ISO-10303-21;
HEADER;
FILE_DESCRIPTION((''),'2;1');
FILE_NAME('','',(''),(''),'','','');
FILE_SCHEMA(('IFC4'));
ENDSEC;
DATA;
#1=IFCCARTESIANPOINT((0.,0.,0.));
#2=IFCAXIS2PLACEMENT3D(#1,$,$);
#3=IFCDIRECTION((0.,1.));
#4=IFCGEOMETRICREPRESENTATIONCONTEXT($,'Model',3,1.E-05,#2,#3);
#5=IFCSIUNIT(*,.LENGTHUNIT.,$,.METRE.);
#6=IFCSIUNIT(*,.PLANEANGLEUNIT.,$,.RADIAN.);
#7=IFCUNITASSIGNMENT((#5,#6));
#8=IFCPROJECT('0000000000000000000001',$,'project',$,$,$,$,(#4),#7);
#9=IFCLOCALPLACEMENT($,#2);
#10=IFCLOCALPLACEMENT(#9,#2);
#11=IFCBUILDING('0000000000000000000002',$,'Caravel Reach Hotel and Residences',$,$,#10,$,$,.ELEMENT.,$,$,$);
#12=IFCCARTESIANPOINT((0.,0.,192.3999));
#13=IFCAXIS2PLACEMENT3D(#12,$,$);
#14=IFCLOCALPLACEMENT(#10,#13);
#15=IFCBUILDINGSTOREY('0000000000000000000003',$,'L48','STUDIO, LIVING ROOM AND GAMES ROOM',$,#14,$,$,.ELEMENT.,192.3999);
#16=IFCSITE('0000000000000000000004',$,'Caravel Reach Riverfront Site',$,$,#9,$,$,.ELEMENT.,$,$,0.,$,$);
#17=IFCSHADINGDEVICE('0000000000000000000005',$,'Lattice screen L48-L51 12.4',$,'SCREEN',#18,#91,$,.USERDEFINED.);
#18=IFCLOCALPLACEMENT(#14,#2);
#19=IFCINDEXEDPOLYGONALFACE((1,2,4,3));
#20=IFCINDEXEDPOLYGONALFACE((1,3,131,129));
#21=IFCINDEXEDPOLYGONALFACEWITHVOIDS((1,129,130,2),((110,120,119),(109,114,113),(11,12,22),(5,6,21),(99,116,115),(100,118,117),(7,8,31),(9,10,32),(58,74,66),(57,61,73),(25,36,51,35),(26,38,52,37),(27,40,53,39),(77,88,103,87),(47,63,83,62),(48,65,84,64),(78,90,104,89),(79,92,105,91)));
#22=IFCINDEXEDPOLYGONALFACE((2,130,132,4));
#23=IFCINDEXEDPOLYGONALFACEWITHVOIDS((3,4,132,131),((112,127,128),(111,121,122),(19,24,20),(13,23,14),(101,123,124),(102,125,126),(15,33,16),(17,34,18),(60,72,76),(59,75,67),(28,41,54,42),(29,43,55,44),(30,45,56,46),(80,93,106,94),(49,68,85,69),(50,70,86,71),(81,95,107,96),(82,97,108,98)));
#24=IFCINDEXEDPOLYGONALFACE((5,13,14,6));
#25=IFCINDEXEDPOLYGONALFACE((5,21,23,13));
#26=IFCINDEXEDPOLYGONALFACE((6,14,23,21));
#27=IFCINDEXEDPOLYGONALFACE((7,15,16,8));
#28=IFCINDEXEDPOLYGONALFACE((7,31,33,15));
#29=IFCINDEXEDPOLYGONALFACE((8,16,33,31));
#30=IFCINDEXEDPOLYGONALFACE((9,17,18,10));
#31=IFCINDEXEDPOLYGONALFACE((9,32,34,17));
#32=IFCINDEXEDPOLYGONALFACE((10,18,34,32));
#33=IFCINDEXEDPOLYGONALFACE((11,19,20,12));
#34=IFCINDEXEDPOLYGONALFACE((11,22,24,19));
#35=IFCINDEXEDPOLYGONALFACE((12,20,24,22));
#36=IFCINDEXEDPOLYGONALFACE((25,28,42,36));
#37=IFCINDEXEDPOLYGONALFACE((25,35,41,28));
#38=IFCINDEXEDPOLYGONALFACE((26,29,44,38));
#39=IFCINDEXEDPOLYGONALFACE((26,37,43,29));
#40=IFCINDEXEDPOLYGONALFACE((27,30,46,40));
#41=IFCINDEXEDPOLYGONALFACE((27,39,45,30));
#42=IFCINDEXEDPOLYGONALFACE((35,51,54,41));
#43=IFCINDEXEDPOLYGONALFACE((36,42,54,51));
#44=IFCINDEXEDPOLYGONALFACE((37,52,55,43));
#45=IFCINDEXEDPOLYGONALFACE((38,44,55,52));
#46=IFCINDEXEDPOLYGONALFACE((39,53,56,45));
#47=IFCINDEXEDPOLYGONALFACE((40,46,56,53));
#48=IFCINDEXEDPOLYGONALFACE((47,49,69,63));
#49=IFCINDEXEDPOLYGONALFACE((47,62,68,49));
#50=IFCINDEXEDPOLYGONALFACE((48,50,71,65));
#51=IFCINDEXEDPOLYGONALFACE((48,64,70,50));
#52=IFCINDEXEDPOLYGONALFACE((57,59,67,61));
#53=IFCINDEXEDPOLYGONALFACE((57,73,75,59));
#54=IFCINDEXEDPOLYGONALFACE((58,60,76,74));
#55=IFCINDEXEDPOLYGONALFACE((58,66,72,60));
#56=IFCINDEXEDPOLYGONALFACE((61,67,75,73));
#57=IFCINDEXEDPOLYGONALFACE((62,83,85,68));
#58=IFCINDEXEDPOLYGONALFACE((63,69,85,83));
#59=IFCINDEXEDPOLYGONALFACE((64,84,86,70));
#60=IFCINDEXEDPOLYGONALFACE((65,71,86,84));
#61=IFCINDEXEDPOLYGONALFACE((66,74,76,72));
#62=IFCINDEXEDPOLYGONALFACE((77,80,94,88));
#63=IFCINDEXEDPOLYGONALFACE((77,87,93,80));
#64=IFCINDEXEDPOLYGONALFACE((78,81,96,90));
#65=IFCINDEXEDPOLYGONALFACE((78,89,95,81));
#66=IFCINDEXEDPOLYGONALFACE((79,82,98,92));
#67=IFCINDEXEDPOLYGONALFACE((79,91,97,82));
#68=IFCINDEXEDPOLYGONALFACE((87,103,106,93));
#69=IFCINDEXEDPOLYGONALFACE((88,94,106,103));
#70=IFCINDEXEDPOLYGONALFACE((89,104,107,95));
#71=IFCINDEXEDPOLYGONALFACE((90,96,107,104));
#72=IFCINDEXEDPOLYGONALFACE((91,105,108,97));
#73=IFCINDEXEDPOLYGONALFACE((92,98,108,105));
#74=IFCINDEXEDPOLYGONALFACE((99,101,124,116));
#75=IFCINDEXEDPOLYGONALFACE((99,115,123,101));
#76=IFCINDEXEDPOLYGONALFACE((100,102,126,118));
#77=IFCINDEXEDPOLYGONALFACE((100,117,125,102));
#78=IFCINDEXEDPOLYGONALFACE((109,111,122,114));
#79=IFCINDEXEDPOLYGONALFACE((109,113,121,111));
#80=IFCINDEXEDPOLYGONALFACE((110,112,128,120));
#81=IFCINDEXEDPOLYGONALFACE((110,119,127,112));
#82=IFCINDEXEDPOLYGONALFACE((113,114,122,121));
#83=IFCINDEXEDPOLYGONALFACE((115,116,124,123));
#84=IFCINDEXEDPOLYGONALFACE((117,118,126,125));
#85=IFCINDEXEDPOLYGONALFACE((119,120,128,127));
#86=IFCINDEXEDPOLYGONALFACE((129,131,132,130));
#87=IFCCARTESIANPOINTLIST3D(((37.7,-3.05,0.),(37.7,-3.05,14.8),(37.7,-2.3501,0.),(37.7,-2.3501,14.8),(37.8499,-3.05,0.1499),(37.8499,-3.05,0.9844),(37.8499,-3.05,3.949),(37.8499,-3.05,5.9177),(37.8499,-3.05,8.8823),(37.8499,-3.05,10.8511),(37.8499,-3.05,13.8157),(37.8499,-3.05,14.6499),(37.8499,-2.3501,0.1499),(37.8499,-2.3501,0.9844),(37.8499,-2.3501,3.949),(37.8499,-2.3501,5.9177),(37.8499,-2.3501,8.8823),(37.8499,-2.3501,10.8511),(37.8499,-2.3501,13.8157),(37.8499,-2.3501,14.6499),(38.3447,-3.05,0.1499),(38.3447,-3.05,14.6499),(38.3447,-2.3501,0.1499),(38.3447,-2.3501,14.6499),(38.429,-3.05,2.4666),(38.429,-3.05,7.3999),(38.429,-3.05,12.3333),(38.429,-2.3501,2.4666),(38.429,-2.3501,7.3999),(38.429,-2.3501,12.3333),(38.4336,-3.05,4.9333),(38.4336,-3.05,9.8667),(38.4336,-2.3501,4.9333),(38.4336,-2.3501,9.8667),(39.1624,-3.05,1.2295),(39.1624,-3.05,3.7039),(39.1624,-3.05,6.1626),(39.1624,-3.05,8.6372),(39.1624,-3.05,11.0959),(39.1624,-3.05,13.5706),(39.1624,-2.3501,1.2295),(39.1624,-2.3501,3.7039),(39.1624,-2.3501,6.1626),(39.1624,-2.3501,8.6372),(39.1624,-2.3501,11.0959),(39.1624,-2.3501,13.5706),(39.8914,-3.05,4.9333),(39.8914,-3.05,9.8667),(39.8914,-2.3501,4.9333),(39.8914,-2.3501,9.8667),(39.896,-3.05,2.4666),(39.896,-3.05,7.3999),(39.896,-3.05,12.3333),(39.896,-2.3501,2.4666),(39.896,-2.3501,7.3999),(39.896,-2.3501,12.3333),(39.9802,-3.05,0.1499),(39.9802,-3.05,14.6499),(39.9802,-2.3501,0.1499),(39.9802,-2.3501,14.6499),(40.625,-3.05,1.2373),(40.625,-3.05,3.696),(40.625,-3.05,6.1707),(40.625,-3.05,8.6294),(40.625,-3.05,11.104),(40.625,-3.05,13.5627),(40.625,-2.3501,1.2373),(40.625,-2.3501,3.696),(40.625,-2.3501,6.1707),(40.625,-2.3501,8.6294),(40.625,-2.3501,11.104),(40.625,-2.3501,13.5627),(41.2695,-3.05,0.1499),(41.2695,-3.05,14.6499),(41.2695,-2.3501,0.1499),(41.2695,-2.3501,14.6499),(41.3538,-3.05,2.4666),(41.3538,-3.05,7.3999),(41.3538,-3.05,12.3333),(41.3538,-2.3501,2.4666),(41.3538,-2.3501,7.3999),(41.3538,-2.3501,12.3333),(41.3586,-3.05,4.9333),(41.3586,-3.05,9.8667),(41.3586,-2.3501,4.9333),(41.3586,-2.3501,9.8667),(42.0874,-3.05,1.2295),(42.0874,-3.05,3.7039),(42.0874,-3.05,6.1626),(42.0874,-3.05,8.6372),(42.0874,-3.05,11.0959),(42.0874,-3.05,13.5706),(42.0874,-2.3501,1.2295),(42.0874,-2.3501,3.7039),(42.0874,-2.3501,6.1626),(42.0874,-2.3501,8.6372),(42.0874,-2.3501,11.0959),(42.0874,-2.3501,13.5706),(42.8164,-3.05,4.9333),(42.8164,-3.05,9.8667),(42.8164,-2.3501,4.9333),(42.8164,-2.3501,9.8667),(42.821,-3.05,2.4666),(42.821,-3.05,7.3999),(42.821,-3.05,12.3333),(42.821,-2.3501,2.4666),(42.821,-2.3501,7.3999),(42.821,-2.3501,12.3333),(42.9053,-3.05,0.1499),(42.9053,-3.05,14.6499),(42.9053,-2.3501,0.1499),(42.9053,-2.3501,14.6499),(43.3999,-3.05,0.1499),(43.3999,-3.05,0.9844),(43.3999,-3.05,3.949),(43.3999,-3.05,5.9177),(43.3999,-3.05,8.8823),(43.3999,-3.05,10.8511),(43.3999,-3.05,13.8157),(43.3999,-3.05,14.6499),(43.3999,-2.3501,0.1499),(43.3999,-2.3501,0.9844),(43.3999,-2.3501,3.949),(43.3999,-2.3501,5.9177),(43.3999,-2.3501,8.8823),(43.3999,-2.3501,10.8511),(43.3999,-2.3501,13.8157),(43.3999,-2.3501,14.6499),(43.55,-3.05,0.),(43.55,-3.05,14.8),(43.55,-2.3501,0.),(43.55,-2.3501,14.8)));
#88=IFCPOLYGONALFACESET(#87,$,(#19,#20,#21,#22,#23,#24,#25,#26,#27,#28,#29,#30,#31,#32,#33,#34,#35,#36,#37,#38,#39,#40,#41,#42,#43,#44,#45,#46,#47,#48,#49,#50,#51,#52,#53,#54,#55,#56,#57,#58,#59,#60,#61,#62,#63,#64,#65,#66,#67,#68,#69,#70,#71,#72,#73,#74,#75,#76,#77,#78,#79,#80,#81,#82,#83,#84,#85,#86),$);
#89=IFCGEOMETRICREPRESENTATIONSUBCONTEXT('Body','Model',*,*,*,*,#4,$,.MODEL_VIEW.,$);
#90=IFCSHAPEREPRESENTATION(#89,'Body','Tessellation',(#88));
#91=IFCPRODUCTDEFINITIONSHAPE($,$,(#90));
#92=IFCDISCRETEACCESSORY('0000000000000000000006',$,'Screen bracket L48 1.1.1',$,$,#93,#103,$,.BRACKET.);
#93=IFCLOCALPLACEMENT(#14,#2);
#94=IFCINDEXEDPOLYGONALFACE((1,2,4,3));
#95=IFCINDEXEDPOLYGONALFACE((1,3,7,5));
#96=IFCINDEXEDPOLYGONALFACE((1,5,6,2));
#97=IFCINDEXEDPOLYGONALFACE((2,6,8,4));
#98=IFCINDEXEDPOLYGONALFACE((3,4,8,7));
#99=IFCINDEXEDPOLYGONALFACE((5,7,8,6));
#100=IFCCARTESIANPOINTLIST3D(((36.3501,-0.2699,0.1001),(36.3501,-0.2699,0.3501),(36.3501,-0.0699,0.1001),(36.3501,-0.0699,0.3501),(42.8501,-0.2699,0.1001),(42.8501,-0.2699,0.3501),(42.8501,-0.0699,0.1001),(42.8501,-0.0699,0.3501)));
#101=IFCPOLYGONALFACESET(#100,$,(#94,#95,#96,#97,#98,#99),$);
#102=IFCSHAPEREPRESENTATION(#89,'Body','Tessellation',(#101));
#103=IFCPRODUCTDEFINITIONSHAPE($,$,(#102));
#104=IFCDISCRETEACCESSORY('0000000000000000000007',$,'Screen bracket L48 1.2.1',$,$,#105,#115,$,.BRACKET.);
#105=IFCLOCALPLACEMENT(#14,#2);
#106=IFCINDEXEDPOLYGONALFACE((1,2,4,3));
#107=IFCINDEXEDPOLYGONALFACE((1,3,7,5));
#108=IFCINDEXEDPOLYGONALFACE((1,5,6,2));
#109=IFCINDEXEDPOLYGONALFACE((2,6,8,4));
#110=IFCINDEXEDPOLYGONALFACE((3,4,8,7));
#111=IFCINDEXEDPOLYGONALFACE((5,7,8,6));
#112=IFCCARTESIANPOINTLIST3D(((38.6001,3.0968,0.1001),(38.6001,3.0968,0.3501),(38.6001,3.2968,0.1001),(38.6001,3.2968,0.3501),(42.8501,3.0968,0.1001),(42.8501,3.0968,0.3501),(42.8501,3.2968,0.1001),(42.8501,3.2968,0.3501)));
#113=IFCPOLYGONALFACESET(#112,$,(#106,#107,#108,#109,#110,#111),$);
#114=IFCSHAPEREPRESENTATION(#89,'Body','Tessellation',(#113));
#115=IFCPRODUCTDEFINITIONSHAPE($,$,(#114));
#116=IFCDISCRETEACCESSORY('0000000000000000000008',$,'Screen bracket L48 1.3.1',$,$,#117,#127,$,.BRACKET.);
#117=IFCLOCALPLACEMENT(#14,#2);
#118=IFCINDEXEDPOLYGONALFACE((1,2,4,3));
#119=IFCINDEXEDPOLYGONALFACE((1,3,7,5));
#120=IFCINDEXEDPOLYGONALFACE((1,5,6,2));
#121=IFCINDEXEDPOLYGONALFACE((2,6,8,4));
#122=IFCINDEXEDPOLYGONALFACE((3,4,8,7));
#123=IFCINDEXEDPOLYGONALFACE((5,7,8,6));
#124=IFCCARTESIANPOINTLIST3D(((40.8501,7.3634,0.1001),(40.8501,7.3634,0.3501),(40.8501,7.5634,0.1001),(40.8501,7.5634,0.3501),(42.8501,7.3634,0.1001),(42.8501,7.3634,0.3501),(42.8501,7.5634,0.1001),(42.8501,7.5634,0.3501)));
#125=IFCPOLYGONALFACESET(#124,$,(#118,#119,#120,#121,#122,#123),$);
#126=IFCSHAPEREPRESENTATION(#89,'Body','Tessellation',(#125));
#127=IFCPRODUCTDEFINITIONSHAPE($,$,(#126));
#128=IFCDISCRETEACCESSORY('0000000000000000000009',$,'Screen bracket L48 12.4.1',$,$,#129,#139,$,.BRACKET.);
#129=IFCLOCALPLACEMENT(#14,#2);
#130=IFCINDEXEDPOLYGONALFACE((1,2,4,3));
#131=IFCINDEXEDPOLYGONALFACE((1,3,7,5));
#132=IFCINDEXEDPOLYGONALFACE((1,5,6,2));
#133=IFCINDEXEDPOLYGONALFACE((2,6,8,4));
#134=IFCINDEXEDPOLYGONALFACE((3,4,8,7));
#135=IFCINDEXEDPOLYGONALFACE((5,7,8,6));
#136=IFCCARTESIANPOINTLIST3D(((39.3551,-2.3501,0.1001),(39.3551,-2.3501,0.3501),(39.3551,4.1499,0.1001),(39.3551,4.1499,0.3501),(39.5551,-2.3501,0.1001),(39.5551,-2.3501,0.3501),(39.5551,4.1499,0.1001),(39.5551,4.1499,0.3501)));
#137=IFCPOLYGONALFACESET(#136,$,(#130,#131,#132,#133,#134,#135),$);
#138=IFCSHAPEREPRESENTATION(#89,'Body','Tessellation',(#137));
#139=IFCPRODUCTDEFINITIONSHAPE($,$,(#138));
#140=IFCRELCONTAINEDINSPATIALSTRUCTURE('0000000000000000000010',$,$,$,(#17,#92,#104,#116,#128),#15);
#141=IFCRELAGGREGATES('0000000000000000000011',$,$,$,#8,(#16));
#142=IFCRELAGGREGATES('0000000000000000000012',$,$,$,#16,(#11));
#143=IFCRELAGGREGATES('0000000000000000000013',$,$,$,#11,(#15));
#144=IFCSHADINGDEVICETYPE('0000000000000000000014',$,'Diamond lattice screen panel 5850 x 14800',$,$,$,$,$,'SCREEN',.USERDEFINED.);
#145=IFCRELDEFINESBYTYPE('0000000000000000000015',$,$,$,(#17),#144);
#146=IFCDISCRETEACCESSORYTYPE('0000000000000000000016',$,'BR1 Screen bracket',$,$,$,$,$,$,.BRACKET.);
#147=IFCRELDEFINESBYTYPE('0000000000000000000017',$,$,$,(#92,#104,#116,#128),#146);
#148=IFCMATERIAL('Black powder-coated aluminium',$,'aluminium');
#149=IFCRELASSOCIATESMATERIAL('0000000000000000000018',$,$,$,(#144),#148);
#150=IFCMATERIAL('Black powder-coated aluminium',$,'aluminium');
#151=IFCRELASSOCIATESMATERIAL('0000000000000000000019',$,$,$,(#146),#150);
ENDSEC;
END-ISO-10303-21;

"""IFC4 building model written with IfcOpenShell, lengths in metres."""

from ifc_helpers import new_model, si_unit, direction, frame, origin, origin_2d, place, context, subcontext, project, spatial, polyline, rectangle, outline, extrude, material, type_object, element, save


model = new_model("IFC4")

# Units and contexts
model_context = context("Model", 3, precision=1e-05, world=origin(), true_north=direction((0.0, 1.0)))
body_context = subcontext(model_context, "Body", "Model", "MODEL_VIEW")
ifc_project = project(units=[si_unit("LENGTHUNIT", "METRE"), si_unit("PLANEANGLEUNIT", "RADIAN")], contexts=[model_context])

# Site, building, storey
site_placement = place(None, origin())
site = spatial("IfcSite", under=ifc_project, at=site_placement, Name="Caravel Reach Riverfront Site", CompositionType="ELEMENT", RefElevation=0.0)
building_placement = place(site_placement, origin())
building = spatial("IfcBuilding", under=site, at=building_placement, Name="Caravel Reach Hotel and Residences", CompositionType="ELEMENT")
storey_placement = place(building_placement, frame((0.0, 0.0, 192.3999)))
storey = spatial("IfcBuildingStorey", under=building, at=storey_placement, Name="L48", Description="STUDIO, LIVING ROOM AND GAMES ROOM", CompositionType="ELEMENT", Elevation=192.3999)

# Shading device
ifc_material_1 = material(Name="Black powder-coated aluminium", Category="aluminium")
shading_device_type_1 = type_object("IfcShadingDeviceType", Name="Diamond lattice screen panel 5850 x 14800", ElementType="SCREEN", PredefinedType="USERDEFINED", material=ifc_material_1)
shading_device_1_placement = place(storey_placement, frame((37.7, -2.3501, 0.0), z_axis=(0.0, -1.0, 0.0), x_axis=(1.0, 0.0, 0.0)))
element("IfcShadingDevice", 1, at=shading_device_1_placement, inside=storey, type_object=shading_device_type_1, Name="Lattice screen L48-L51 12.4", ObjectType="SCREEN", PredefinedType="USERDEFINED", context=body_context, shape_type="SweptSolid", body=[
    extrude(outline(polyline([(0.0, 0.0), (5.8501, 0.0), (5.8501, 14.8), (0.0, 14.8), (0.0, 0.0)]), holes=[polyline([(0.6448, 0.1499), (0.1499, 0.9844), (0.1499, 0.1499), (0.6448, 0.1499)]), polyline([(0.7336, 4.9333), (0.1499, 5.9177), (0.1499, 3.949), (0.7336, 4.9333)]), polyline([(0.7336, 9.8667), (0.1499, 10.8511), (0.1499, 8.8823), (0.7336, 9.8667)]), polyline([(0.1499, 13.8157), (0.6448, 14.6499), (0.1499, 14.6499), (0.1499, 13.8157)]), polyline([(1.4624, 3.7039), (0.729, 2.4666), (1.4624, 1.2295), (2.196, 2.4666), (1.4624, 3.7039)]), polyline([(1.4624, 8.6372), (0.729, 7.3999), (1.4624, 6.1626), (2.196, 7.3999), (1.4624, 8.6372)]), polyline([(1.4624, 13.5706), (0.729, 12.3333), (1.4624, 11.0959), (2.196, 12.3333), (1.4624, 13.5706)]), polyline([(2.925, 1.2373), (2.2803, 0.1499), (3.5696, 0.1499), (2.925, 1.2373)]), polyline([(2.925, 6.1707), (2.1914, 4.9333), (2.925, 3.696), (3.6587, 4.9333), (2.925, 6.1707)]), polyline([(2.925, 11.104), (2.1914, 9.8667), (2.925, 8.6294), (3.6587, 9.8667), (2.925, 11.104)]), polyline([(2.925, 13.5627), (3.5696, 14.6499), (2.2803, 14.6499), (2.925, 13.5627)]), polyline([(4.3875, 3.7039), (3.6538, 2.4666), (4.3875, 1.2295), (5.1211, 2.4666), (4.3875, 3.7039)]), polyline([(4.3875, 8.6372), (3.6538, 7.3999), (4.3875, 6.1626), (5.1211, 7.3999), (4.3875, 8.6372)]), polyline([(4.3875, 13.5706), (3.6538, 12.3333), (4.3875, 11.0959), (5.1211, 12.3333), (4.3875, 13.5706)]), polyline([(5.7, 0.9844), (5.2053, 0.1499), (5.7, 0.1499), (5.7, 0.9844)]), polyline([(5.1165, 4.9333), (5.7, 3.949), (5.7, 5.9177), (5.1165, 4.9333)]), polyline([(5.1165, 9.8667), (5.7, 8.8823), (5.7, 10.8511), (5.1165, 9.8667)]), polyline([(5.2053, 14.6499), (5.7, 13.8157), (5.7, 14.6499), (5.2053, 14.6499)])]), origin(), (0.0, 0.0, 1.0), 0.7),
])

# Discrete accessories
ifc_material_2 = material(Name="Black powder-coated aluminium", Category="aluminium")
discrete_accessory_type = type_object("IfcDiscreteAccessoryType", Name="BR1 Screen bracket", PredefinedType="BRACKET", material=ifc_material_2)
discrete_accessory_1_placement = place(storey_placement, frame((39.6001, -0.1699, 0.1001), z_axis=(0.0, 0.0, 1.0), x_axis=(1.0, 0.0, 0.0)))
element("IfcDiscreteAccessory", 2, at=discrete_accessory_1_placement, inside=storey, type_object=discrete_accessory_type, Name="Screen bracket L48 1.1.1", PredefinedType="BRACKET", context=body_context, shape_type="SweptSolid", body=[
    extrude(rectangle(XDim=6.5, YDim=0.2, at=origin_2d()), origin(), (0.0, 0.0, 1.0), 0.25),
])
discrete_accessory_2_placement = place(storey_placement, frame((40.7251, 3.1968, 0.1001), z_axis=(0.0, 0.0, 1.0), x_axis=(1.0, 0.0, 0.0)))
element("IfcDiscreteAccessory", 3, at=discrete_accessory_2_placement, inside=storey, type_object=discrete_accessory_type, Name="Screen bracket L48 1.2.1", PredefinedType="BRACKET", context=body_context, shape_type="SweptSolid", body=[
    extrude(rectangle(XDim=4.25, YDim=0.2, at=origin_2d()), origin(), (0.0, 0.0, 1.0), 0.25),
])
discrete_accessory_3_placement = place(storey_placement, frame((41.8501, 7.4634, 0.1001), z_axis=(0.0, 0.0, 1.0), x_axis=(1.0, 0.0, 0.0)))
element("IfcDiscreteAccessory", 4, at=discrete_accessory_3_placement, inside=storey, type_object=discrete_accessory_type, Name="Screen bracket L48 1.3.1", PredefinedType="BRACKET", context=body_context, shape_type="SweptSolid", body=[
    extrude(rectangle(XDim=2.0, YDim=0.2, at=origin_2d()), origin(), (0.0, 0.0, 1.0), 0.25),
])
discrete_accessory_4_placement = place(storey_placement, frame((39.4551, 0.8999, 0.1001), z_axis=(0.0, 0.0, 1.0), x_axis=(0.0, -1.0, 0.0)))
element("IfcDiscreteAccessory", 5, at=discrete_accessory_4_placement, inside=storey, type_object=discrete_accessory_type, Name="Screen bracket L48 12.4.1", PredefinedType="BRACKET", context=body_context, shape_type="SweptSolid", body=[
    extrude(rectangle(XDim=6.5, YDim=0.2, at=origin_2d()), origin(), (0.0, 0.0, 1.0), 0.25),
])

save(model, "model.ifc")
